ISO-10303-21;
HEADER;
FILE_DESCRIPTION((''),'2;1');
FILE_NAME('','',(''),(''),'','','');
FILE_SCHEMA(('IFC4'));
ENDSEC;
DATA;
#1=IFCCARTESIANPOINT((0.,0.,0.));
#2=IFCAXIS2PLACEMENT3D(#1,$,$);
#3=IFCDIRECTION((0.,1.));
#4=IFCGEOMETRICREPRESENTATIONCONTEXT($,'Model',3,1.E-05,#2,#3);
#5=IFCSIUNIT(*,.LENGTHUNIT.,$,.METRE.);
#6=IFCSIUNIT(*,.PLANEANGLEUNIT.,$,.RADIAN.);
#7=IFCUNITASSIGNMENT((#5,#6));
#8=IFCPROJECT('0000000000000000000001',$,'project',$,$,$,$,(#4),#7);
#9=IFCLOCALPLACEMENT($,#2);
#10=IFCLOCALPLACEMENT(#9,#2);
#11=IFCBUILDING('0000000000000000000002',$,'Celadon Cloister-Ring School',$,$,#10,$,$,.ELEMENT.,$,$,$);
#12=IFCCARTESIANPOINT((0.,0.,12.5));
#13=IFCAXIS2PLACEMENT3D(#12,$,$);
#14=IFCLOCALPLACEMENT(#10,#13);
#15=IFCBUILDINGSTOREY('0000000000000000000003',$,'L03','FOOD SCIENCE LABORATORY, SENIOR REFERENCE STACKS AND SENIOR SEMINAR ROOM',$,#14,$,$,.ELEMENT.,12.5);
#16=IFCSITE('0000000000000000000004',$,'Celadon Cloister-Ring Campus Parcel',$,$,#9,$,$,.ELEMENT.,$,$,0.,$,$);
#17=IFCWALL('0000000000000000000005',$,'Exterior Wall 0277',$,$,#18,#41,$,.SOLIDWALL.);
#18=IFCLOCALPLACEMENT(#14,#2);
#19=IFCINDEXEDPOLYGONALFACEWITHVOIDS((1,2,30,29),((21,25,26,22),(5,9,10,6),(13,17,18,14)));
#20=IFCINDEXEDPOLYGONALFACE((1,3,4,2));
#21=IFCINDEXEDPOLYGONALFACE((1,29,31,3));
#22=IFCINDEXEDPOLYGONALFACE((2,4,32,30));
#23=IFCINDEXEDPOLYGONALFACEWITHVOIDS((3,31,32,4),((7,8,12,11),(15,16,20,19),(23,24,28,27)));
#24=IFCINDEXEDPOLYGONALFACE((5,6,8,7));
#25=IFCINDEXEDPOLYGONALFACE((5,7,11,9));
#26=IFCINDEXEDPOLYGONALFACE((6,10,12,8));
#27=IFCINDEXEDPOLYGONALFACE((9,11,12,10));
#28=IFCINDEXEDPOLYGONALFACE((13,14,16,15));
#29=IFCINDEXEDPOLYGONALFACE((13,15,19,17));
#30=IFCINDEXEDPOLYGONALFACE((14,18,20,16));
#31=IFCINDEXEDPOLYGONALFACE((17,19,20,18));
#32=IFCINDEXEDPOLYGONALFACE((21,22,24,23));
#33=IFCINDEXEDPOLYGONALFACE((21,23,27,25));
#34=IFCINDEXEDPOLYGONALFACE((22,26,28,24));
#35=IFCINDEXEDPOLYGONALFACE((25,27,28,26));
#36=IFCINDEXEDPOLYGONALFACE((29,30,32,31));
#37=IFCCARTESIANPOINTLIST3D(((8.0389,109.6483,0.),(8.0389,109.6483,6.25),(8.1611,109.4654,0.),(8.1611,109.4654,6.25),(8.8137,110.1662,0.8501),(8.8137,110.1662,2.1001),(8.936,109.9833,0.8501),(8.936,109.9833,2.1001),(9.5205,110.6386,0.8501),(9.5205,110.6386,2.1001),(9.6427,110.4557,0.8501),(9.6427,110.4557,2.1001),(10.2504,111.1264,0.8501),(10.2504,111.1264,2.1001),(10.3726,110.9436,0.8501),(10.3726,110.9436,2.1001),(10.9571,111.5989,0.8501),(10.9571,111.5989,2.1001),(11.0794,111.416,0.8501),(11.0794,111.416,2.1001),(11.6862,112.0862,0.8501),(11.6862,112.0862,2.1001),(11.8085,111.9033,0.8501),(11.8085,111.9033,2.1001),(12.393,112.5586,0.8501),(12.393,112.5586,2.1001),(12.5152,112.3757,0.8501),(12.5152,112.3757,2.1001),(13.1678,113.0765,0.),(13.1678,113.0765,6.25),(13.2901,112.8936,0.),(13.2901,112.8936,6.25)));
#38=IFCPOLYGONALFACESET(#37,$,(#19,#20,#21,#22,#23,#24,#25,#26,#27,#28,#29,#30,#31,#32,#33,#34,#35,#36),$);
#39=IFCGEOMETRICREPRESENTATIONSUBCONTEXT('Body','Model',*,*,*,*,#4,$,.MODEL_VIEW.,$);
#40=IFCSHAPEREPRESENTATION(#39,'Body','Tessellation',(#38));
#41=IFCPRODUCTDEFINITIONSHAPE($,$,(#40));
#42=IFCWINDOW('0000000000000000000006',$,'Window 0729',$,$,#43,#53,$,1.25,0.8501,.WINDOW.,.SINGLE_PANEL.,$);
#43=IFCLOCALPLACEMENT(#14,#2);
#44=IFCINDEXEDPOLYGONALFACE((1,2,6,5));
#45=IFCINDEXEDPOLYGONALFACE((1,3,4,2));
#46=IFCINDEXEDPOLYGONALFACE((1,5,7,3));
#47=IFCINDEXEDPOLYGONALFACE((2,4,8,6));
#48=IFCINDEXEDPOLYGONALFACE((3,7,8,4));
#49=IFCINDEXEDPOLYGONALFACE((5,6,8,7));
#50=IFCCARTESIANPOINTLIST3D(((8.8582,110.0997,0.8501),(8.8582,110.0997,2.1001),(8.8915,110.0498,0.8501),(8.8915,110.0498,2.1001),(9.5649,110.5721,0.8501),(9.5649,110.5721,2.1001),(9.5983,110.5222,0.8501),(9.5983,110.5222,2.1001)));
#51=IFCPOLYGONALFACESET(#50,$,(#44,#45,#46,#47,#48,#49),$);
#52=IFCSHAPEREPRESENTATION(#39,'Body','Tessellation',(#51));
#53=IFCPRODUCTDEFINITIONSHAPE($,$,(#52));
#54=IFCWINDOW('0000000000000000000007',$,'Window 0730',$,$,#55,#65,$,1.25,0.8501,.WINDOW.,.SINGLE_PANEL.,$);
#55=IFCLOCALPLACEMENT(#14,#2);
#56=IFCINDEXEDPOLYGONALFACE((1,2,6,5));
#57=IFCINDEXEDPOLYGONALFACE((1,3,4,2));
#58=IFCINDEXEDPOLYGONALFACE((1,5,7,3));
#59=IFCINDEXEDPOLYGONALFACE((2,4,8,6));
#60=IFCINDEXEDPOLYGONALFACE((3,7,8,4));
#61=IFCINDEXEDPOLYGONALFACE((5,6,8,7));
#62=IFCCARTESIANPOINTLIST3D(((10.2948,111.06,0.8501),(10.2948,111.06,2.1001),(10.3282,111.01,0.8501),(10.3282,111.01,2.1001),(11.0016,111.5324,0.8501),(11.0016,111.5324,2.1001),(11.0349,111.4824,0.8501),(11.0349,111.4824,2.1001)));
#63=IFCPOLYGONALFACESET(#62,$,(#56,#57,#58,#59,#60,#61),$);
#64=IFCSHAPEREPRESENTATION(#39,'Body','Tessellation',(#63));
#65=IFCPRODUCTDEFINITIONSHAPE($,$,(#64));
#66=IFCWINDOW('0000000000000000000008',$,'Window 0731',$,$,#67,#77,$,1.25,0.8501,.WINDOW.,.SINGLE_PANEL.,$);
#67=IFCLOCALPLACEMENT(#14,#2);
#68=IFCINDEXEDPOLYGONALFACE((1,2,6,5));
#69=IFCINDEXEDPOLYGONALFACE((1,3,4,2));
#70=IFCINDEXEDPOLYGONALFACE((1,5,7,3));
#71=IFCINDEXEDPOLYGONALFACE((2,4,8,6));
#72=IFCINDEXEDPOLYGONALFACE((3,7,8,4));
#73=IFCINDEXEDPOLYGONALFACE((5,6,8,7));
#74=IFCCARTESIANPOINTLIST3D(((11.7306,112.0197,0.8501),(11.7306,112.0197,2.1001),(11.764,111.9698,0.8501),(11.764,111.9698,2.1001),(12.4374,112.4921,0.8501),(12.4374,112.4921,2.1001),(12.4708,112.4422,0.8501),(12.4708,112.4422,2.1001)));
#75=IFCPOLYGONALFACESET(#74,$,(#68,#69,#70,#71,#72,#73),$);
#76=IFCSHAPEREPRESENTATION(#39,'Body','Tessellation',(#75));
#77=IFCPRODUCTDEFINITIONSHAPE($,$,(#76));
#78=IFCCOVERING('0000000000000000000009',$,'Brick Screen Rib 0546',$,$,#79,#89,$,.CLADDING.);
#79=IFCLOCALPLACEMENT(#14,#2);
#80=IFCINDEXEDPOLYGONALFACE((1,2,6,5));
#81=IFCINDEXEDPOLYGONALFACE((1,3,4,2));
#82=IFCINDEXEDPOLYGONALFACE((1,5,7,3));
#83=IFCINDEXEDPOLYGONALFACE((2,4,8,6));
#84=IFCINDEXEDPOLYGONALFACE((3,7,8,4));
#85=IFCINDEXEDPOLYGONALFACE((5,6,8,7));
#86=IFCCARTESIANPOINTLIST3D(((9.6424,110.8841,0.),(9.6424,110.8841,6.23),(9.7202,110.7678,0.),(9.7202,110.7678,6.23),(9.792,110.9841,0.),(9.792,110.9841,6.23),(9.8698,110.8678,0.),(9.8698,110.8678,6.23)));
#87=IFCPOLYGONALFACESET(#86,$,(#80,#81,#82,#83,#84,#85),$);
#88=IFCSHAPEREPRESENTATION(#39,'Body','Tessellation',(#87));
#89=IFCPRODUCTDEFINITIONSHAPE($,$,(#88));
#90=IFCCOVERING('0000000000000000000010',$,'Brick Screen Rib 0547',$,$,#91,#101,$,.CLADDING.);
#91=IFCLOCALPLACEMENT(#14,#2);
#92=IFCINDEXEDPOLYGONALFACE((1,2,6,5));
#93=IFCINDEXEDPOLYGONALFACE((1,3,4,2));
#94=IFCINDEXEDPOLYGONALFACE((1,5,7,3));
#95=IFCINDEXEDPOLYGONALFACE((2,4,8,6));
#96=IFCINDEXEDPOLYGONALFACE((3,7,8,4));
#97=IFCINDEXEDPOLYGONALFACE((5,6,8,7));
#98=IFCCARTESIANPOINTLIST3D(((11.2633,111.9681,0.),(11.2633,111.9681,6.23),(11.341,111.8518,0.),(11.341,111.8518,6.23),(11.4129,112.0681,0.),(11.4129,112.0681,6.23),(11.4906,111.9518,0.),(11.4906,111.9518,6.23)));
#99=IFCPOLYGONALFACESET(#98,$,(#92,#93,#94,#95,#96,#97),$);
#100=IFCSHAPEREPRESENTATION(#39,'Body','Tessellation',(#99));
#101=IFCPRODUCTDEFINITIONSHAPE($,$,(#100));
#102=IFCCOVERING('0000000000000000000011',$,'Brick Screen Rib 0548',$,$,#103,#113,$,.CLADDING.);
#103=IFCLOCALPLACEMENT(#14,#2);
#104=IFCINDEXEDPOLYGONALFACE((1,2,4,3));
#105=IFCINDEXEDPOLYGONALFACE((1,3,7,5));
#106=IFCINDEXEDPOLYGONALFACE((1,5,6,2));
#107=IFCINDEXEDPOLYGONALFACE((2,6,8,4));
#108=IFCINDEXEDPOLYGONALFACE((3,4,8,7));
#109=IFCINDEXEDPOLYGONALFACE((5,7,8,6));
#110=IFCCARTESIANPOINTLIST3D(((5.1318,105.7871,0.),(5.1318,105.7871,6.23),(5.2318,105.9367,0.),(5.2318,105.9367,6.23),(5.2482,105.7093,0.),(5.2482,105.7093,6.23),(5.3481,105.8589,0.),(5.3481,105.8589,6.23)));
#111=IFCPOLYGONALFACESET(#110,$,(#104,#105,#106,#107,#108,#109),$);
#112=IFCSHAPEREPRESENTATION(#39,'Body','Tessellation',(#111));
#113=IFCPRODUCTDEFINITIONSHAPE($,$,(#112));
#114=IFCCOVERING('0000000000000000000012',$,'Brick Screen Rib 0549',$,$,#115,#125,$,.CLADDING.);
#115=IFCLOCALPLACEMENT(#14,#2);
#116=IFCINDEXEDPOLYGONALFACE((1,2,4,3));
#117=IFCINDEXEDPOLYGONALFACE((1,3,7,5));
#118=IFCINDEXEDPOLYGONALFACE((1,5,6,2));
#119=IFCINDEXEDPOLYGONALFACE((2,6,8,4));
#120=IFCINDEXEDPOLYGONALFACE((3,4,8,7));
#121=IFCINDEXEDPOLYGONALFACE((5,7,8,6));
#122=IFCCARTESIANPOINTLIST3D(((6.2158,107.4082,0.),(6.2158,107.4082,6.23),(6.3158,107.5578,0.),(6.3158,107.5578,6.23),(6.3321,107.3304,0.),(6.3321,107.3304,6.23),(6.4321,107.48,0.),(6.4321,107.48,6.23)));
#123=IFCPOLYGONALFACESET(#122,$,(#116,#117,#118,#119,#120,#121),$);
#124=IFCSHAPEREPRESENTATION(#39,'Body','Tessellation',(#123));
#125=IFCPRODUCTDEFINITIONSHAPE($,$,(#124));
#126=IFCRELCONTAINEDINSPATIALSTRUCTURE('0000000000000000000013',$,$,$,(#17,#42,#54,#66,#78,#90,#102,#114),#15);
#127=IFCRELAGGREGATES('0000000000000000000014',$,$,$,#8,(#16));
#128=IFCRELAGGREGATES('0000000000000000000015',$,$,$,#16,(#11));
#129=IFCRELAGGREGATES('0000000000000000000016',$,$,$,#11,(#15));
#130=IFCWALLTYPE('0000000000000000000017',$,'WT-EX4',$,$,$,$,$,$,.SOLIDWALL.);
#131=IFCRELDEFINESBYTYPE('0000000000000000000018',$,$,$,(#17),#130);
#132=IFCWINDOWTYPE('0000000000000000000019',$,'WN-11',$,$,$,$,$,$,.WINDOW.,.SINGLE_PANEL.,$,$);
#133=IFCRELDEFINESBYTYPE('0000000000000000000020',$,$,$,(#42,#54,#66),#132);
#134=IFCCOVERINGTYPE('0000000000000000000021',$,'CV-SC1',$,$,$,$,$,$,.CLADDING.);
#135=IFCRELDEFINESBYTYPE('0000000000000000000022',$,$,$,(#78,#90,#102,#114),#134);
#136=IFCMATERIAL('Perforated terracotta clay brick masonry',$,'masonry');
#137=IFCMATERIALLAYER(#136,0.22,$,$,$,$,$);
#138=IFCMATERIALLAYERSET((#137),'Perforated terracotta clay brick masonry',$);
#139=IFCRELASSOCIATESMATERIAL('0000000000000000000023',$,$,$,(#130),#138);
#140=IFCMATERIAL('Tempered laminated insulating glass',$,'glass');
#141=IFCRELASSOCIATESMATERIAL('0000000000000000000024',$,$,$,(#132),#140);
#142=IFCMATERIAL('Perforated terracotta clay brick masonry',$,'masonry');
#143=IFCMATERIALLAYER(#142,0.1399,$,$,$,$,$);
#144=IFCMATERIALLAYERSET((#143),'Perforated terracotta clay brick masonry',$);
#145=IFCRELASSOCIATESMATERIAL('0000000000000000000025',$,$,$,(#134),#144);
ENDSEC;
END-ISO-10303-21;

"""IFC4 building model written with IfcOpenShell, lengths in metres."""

from ifc_helpers import new_model, si_unit, direction, frame, frame_2d, origin, origin_2d, place, context, subcontext, project, spatial, rectangle, extrude, material, layer, layer_set, type_object, element, fill, save


model = new_model("IFC4")

# Units and contexts
model_context = context("Model", 3, precision=1e-05, world=origin(), true_north=direction((0.0, 1.0)))
body_context = subcontext(model_context, "Body", "Model", "MODEL_VIEW")
ifc_project = project(units=[si_unit("LENGTHUNIT", "METRE"), si_unit("PLANEANGLEUNIT", "RADIAN")], contexts=[model_context])

# Site, building, storey
site_placement = place(None, origin())
site = spatial("IfcSite", under=ifc_project, at=site_placement, Name="Celadon Cloister-Ring Campus Parcel", CompositionType="ELEMENT", RefElevation=0.0)
building_placement = place(site_placement, origin())
building = spatial("IfcBuilding", under=site, at=building_placement, Name="Celadon Cloister-Ring School", CompositionType="ELEMENT")
storey_placement = place(building_placement, frame((0.0, 0.0, 12.5)))
storey = spatial("IfcBuildingStorey", under=building, at=storey_placement, Name="L03", Description="FOOD SCIENCE LABORATORY, SENIOR REFERENCE STACKS AND SENIOR SEMINAR ROOM", CompositionType="ELEMENT", Elevation=12.5)

# Wall, openings, windows
ifc_material_1 = material(Name="Perforated terracotta clay brick masonry", Category="masonry")
ifc_layer_1 = layer(ifc_material_1, 0.22)
ifc_layer_set_1 = layer_set([ifc_layer_1], Name="Perforated terracotta clay brick masonry")
wall_type = type_object("IfcWallType", Name="WT-EX4", PredefinedType="SOLIDWALL", material=ifc_layer_set_1)
ifc_material_2 = material(Name="Tempered laminated insulating glass", Category="glass")
window_type = type_object("IfcWindowType", Name="WN-11", PartitioningType="SINGLE_PANEL", PredefinedType="WINDOW", material=ifc_material_2)
wall_1_placement = place(storey_placement, frame((8.1001, 109.5569, 0.0), z_axis=(0.0, 0.0, 1.0), x_axis=(0.83138, 0.555704, 0.0)))
wall_1 = element("IfcWall", 1, at=wall_1_placement, inside=storey, type_object=wall_type, Name="Exterior Wall 0277", PredefinedType="SOLIDWALL", context=body_context, shape_type="SweptSolid", body=[
    extrude(rectangle(XDim=6.1692, YDim=0.22, at=frame_2d((3.0845, 0.0))), origin(), (0.0, 0.0, 1.0), 6.25),
])
opening_1_placement = place(wall_1_placement, frame((0.9319, 0.0, 0.8501)))
opening_1 = element("IfcOpeningElement", 2, at=opening_1_placement, cuts=wall_1, PredefinedType="OPENING", context=body_context, shape_type="SweptSolid", body=[
    extrude(rectangle(XDim=0.8501, YDim=1.25, at=frame_2d((0.425, 0.625))), frame((0.0, 0.1201, 0.0), z_axis=(0.0, -1.0, 0.0), x_axis=(1.0, 0.0, 0.0)), (0.0, 0.0, 1.0), 0.24),
])
opening_2_placement = place(wall_1_placement, frame((2.6599, 0.0, 0.8501)))
opening_2 = element("IfcOpeningElement", 3, at=opening_2_placement, cuts=wall_1, PredefinedType="OPENING", context=body_context, shape_type="SweptSolid", body=[
    extrude(rectangle(XDim=0.8501, YDim=1.25, at=frame_2d((0.425, 0.625))), frame((0.0, 0.1201, 0.0), z_axis=(0.0, -1.0, 0.0), x_axis=(1.0, 0.0, 0.0)), (0.0, 0.0, 1.0), 0.24),
])
opening_3_placement = place(wall_1_placement, frame((4.387, 0.0, 0.8501)))
opening_3 = element("IfcOpeningElement", 4, at=opening_3_placement, cuts=wall_1, PredefinedType="OPENING", context=body_context, shape_type="SweptSolid", body=[
    extrude(rectangle(XDim=0.8501, YDim=1.25, at=frame_2d((0.425, 0.625))), frame((0.0, 0.1201, 0.0), z_axis=(0.0, -1.0, 0.0), x_axis=(1.0, 0.0, 0.0)), (0.0, 0.0, 1.0), 0.24),
])
window_1_placement = place(opening_1_placement, origin())
window_1 = element("IfcWindow", 5, at=window_1_placement, inside=storey, type_object=window_type, Name="Window 0729", OverallHeight=1.25, OverallWidth=0.8501, PartitioningType="SINGLE_PANEL", PredefinedType="WINDOW", context=body_context, shape_type="SweptSolid", body=[
    extrude(rectangle(XDim=0.8501, YDim=1.25, at=frame_2d((0.425, 0.625))), frame((0.0, 0.03, 0.0), z_axis=(0.0, -1.0, 0.0), x_axis=(1.0, 0.0, 0.0)), (0.0, 0.0, 1.0), 0.0601),
])
fill(opening_1, window_1)
window_2_placement = place(opening_2_placement, origin())
window_2 = element("IfcWindow", 6, at=window_2_placement, inside=storey, type_object=window_type, Name="Window 0730", OverallHeight=1.25, OverallWidth=0.8501, PartitioningType="SINGLE_PANEL", PredefinedType="WINDOW", context=body_context, shape_type="SweptSolid", body=[
    extrude(rectangle(XDim=0.8501, YDim=1.25, at=frame_2d((0.425, 0.625))), frame((0.0, 0.03, 0.0), z_axis=(0.0, -1.0, 0.0), x_axis=(1.0, 0.0, 0.0)), (0.0, 0.0, 1.0), 0.0601),
])
fill(opening_2, window_2)
window_3_placement = place(opening_3_placement, origin())
window_3 = element("IfcWindow", 7, at=window_3_placement, inside=storey, type_object=window_type, Name="Window 0731", OverallHeight=1.25, OverallWidth=0.8501, PartitioningType="SINGLE_PANEL", PredefinedType="WINDOW", context=body_context, shape_type="SweptSolid", body=[
    extrude(rectangle(XDim=0.8501, YDim=1.25, at=frame_2d((0.425, 0.625))), frame((0.0, 0.03, 0.0), z_axis=(0.0, -1.0, 0.0), x_axis=(1.0, 0.0, 0.0)), (0.0, 0.0, 1.0), 0.0601),
])
fill(opening_3, window_3)

# Coverings
ifc_material_3 = material(Name="Perforated terracotta clay brick masonry", Category="masonry")
ifc_layer_2 = layer(ifc_material_3, 0.1399)
ifc_layer_set_2 = layer_set([ifc_layer_2], Name="Perforated terracotta clay brick masonry")
covering_type = type_object("IfcCoveringType", Name="CV-SC1", PredefinedType="CLADDING", material=ifc_layer_set_2)
for number, where, z_axis, x_axis, name in (
    (8, (9.7561, 110.876, 0.0), (0.0, 0.0, 1.0), (0.831402, 0.555672, 0.0), "Brick Screen Rib 0546"),
    (9, (11.377, 111.96, 0.0), (0.0, 0.0, 1.0), (0.831402, 0.555672, 0.0), "Brick Screen Rib 0547"),
    (10, (5.24, 105.823, 0.0), (0.0, 0.0, 1.0), (0.555672, 0.831402, 0.0), "Brick Screen Rib 0548"),
    (11, (6.324, 107.4441, 0.0), (0.0, 0.0, 1.0), (0.555672, 0.831402, 0.0), "Brick Screen Rib 0549"),
):
    element("IfcCovering", number, at=place(storey_placement, frame(where, z_axis=z_axis, x_axis=x_axis)), inside=storey, type_object=covering_type, Name=name, PredefinedType="CLADDING", context=body_context, shape_type="SweptSolid", body=[
        extrude(rectangle(XDim=0.1799, YDim=0.1399, at=origin_2d()), origin(), (0.0, 0.0, 1.0), 6.23),
    ])

save(model, "model.ifc")
